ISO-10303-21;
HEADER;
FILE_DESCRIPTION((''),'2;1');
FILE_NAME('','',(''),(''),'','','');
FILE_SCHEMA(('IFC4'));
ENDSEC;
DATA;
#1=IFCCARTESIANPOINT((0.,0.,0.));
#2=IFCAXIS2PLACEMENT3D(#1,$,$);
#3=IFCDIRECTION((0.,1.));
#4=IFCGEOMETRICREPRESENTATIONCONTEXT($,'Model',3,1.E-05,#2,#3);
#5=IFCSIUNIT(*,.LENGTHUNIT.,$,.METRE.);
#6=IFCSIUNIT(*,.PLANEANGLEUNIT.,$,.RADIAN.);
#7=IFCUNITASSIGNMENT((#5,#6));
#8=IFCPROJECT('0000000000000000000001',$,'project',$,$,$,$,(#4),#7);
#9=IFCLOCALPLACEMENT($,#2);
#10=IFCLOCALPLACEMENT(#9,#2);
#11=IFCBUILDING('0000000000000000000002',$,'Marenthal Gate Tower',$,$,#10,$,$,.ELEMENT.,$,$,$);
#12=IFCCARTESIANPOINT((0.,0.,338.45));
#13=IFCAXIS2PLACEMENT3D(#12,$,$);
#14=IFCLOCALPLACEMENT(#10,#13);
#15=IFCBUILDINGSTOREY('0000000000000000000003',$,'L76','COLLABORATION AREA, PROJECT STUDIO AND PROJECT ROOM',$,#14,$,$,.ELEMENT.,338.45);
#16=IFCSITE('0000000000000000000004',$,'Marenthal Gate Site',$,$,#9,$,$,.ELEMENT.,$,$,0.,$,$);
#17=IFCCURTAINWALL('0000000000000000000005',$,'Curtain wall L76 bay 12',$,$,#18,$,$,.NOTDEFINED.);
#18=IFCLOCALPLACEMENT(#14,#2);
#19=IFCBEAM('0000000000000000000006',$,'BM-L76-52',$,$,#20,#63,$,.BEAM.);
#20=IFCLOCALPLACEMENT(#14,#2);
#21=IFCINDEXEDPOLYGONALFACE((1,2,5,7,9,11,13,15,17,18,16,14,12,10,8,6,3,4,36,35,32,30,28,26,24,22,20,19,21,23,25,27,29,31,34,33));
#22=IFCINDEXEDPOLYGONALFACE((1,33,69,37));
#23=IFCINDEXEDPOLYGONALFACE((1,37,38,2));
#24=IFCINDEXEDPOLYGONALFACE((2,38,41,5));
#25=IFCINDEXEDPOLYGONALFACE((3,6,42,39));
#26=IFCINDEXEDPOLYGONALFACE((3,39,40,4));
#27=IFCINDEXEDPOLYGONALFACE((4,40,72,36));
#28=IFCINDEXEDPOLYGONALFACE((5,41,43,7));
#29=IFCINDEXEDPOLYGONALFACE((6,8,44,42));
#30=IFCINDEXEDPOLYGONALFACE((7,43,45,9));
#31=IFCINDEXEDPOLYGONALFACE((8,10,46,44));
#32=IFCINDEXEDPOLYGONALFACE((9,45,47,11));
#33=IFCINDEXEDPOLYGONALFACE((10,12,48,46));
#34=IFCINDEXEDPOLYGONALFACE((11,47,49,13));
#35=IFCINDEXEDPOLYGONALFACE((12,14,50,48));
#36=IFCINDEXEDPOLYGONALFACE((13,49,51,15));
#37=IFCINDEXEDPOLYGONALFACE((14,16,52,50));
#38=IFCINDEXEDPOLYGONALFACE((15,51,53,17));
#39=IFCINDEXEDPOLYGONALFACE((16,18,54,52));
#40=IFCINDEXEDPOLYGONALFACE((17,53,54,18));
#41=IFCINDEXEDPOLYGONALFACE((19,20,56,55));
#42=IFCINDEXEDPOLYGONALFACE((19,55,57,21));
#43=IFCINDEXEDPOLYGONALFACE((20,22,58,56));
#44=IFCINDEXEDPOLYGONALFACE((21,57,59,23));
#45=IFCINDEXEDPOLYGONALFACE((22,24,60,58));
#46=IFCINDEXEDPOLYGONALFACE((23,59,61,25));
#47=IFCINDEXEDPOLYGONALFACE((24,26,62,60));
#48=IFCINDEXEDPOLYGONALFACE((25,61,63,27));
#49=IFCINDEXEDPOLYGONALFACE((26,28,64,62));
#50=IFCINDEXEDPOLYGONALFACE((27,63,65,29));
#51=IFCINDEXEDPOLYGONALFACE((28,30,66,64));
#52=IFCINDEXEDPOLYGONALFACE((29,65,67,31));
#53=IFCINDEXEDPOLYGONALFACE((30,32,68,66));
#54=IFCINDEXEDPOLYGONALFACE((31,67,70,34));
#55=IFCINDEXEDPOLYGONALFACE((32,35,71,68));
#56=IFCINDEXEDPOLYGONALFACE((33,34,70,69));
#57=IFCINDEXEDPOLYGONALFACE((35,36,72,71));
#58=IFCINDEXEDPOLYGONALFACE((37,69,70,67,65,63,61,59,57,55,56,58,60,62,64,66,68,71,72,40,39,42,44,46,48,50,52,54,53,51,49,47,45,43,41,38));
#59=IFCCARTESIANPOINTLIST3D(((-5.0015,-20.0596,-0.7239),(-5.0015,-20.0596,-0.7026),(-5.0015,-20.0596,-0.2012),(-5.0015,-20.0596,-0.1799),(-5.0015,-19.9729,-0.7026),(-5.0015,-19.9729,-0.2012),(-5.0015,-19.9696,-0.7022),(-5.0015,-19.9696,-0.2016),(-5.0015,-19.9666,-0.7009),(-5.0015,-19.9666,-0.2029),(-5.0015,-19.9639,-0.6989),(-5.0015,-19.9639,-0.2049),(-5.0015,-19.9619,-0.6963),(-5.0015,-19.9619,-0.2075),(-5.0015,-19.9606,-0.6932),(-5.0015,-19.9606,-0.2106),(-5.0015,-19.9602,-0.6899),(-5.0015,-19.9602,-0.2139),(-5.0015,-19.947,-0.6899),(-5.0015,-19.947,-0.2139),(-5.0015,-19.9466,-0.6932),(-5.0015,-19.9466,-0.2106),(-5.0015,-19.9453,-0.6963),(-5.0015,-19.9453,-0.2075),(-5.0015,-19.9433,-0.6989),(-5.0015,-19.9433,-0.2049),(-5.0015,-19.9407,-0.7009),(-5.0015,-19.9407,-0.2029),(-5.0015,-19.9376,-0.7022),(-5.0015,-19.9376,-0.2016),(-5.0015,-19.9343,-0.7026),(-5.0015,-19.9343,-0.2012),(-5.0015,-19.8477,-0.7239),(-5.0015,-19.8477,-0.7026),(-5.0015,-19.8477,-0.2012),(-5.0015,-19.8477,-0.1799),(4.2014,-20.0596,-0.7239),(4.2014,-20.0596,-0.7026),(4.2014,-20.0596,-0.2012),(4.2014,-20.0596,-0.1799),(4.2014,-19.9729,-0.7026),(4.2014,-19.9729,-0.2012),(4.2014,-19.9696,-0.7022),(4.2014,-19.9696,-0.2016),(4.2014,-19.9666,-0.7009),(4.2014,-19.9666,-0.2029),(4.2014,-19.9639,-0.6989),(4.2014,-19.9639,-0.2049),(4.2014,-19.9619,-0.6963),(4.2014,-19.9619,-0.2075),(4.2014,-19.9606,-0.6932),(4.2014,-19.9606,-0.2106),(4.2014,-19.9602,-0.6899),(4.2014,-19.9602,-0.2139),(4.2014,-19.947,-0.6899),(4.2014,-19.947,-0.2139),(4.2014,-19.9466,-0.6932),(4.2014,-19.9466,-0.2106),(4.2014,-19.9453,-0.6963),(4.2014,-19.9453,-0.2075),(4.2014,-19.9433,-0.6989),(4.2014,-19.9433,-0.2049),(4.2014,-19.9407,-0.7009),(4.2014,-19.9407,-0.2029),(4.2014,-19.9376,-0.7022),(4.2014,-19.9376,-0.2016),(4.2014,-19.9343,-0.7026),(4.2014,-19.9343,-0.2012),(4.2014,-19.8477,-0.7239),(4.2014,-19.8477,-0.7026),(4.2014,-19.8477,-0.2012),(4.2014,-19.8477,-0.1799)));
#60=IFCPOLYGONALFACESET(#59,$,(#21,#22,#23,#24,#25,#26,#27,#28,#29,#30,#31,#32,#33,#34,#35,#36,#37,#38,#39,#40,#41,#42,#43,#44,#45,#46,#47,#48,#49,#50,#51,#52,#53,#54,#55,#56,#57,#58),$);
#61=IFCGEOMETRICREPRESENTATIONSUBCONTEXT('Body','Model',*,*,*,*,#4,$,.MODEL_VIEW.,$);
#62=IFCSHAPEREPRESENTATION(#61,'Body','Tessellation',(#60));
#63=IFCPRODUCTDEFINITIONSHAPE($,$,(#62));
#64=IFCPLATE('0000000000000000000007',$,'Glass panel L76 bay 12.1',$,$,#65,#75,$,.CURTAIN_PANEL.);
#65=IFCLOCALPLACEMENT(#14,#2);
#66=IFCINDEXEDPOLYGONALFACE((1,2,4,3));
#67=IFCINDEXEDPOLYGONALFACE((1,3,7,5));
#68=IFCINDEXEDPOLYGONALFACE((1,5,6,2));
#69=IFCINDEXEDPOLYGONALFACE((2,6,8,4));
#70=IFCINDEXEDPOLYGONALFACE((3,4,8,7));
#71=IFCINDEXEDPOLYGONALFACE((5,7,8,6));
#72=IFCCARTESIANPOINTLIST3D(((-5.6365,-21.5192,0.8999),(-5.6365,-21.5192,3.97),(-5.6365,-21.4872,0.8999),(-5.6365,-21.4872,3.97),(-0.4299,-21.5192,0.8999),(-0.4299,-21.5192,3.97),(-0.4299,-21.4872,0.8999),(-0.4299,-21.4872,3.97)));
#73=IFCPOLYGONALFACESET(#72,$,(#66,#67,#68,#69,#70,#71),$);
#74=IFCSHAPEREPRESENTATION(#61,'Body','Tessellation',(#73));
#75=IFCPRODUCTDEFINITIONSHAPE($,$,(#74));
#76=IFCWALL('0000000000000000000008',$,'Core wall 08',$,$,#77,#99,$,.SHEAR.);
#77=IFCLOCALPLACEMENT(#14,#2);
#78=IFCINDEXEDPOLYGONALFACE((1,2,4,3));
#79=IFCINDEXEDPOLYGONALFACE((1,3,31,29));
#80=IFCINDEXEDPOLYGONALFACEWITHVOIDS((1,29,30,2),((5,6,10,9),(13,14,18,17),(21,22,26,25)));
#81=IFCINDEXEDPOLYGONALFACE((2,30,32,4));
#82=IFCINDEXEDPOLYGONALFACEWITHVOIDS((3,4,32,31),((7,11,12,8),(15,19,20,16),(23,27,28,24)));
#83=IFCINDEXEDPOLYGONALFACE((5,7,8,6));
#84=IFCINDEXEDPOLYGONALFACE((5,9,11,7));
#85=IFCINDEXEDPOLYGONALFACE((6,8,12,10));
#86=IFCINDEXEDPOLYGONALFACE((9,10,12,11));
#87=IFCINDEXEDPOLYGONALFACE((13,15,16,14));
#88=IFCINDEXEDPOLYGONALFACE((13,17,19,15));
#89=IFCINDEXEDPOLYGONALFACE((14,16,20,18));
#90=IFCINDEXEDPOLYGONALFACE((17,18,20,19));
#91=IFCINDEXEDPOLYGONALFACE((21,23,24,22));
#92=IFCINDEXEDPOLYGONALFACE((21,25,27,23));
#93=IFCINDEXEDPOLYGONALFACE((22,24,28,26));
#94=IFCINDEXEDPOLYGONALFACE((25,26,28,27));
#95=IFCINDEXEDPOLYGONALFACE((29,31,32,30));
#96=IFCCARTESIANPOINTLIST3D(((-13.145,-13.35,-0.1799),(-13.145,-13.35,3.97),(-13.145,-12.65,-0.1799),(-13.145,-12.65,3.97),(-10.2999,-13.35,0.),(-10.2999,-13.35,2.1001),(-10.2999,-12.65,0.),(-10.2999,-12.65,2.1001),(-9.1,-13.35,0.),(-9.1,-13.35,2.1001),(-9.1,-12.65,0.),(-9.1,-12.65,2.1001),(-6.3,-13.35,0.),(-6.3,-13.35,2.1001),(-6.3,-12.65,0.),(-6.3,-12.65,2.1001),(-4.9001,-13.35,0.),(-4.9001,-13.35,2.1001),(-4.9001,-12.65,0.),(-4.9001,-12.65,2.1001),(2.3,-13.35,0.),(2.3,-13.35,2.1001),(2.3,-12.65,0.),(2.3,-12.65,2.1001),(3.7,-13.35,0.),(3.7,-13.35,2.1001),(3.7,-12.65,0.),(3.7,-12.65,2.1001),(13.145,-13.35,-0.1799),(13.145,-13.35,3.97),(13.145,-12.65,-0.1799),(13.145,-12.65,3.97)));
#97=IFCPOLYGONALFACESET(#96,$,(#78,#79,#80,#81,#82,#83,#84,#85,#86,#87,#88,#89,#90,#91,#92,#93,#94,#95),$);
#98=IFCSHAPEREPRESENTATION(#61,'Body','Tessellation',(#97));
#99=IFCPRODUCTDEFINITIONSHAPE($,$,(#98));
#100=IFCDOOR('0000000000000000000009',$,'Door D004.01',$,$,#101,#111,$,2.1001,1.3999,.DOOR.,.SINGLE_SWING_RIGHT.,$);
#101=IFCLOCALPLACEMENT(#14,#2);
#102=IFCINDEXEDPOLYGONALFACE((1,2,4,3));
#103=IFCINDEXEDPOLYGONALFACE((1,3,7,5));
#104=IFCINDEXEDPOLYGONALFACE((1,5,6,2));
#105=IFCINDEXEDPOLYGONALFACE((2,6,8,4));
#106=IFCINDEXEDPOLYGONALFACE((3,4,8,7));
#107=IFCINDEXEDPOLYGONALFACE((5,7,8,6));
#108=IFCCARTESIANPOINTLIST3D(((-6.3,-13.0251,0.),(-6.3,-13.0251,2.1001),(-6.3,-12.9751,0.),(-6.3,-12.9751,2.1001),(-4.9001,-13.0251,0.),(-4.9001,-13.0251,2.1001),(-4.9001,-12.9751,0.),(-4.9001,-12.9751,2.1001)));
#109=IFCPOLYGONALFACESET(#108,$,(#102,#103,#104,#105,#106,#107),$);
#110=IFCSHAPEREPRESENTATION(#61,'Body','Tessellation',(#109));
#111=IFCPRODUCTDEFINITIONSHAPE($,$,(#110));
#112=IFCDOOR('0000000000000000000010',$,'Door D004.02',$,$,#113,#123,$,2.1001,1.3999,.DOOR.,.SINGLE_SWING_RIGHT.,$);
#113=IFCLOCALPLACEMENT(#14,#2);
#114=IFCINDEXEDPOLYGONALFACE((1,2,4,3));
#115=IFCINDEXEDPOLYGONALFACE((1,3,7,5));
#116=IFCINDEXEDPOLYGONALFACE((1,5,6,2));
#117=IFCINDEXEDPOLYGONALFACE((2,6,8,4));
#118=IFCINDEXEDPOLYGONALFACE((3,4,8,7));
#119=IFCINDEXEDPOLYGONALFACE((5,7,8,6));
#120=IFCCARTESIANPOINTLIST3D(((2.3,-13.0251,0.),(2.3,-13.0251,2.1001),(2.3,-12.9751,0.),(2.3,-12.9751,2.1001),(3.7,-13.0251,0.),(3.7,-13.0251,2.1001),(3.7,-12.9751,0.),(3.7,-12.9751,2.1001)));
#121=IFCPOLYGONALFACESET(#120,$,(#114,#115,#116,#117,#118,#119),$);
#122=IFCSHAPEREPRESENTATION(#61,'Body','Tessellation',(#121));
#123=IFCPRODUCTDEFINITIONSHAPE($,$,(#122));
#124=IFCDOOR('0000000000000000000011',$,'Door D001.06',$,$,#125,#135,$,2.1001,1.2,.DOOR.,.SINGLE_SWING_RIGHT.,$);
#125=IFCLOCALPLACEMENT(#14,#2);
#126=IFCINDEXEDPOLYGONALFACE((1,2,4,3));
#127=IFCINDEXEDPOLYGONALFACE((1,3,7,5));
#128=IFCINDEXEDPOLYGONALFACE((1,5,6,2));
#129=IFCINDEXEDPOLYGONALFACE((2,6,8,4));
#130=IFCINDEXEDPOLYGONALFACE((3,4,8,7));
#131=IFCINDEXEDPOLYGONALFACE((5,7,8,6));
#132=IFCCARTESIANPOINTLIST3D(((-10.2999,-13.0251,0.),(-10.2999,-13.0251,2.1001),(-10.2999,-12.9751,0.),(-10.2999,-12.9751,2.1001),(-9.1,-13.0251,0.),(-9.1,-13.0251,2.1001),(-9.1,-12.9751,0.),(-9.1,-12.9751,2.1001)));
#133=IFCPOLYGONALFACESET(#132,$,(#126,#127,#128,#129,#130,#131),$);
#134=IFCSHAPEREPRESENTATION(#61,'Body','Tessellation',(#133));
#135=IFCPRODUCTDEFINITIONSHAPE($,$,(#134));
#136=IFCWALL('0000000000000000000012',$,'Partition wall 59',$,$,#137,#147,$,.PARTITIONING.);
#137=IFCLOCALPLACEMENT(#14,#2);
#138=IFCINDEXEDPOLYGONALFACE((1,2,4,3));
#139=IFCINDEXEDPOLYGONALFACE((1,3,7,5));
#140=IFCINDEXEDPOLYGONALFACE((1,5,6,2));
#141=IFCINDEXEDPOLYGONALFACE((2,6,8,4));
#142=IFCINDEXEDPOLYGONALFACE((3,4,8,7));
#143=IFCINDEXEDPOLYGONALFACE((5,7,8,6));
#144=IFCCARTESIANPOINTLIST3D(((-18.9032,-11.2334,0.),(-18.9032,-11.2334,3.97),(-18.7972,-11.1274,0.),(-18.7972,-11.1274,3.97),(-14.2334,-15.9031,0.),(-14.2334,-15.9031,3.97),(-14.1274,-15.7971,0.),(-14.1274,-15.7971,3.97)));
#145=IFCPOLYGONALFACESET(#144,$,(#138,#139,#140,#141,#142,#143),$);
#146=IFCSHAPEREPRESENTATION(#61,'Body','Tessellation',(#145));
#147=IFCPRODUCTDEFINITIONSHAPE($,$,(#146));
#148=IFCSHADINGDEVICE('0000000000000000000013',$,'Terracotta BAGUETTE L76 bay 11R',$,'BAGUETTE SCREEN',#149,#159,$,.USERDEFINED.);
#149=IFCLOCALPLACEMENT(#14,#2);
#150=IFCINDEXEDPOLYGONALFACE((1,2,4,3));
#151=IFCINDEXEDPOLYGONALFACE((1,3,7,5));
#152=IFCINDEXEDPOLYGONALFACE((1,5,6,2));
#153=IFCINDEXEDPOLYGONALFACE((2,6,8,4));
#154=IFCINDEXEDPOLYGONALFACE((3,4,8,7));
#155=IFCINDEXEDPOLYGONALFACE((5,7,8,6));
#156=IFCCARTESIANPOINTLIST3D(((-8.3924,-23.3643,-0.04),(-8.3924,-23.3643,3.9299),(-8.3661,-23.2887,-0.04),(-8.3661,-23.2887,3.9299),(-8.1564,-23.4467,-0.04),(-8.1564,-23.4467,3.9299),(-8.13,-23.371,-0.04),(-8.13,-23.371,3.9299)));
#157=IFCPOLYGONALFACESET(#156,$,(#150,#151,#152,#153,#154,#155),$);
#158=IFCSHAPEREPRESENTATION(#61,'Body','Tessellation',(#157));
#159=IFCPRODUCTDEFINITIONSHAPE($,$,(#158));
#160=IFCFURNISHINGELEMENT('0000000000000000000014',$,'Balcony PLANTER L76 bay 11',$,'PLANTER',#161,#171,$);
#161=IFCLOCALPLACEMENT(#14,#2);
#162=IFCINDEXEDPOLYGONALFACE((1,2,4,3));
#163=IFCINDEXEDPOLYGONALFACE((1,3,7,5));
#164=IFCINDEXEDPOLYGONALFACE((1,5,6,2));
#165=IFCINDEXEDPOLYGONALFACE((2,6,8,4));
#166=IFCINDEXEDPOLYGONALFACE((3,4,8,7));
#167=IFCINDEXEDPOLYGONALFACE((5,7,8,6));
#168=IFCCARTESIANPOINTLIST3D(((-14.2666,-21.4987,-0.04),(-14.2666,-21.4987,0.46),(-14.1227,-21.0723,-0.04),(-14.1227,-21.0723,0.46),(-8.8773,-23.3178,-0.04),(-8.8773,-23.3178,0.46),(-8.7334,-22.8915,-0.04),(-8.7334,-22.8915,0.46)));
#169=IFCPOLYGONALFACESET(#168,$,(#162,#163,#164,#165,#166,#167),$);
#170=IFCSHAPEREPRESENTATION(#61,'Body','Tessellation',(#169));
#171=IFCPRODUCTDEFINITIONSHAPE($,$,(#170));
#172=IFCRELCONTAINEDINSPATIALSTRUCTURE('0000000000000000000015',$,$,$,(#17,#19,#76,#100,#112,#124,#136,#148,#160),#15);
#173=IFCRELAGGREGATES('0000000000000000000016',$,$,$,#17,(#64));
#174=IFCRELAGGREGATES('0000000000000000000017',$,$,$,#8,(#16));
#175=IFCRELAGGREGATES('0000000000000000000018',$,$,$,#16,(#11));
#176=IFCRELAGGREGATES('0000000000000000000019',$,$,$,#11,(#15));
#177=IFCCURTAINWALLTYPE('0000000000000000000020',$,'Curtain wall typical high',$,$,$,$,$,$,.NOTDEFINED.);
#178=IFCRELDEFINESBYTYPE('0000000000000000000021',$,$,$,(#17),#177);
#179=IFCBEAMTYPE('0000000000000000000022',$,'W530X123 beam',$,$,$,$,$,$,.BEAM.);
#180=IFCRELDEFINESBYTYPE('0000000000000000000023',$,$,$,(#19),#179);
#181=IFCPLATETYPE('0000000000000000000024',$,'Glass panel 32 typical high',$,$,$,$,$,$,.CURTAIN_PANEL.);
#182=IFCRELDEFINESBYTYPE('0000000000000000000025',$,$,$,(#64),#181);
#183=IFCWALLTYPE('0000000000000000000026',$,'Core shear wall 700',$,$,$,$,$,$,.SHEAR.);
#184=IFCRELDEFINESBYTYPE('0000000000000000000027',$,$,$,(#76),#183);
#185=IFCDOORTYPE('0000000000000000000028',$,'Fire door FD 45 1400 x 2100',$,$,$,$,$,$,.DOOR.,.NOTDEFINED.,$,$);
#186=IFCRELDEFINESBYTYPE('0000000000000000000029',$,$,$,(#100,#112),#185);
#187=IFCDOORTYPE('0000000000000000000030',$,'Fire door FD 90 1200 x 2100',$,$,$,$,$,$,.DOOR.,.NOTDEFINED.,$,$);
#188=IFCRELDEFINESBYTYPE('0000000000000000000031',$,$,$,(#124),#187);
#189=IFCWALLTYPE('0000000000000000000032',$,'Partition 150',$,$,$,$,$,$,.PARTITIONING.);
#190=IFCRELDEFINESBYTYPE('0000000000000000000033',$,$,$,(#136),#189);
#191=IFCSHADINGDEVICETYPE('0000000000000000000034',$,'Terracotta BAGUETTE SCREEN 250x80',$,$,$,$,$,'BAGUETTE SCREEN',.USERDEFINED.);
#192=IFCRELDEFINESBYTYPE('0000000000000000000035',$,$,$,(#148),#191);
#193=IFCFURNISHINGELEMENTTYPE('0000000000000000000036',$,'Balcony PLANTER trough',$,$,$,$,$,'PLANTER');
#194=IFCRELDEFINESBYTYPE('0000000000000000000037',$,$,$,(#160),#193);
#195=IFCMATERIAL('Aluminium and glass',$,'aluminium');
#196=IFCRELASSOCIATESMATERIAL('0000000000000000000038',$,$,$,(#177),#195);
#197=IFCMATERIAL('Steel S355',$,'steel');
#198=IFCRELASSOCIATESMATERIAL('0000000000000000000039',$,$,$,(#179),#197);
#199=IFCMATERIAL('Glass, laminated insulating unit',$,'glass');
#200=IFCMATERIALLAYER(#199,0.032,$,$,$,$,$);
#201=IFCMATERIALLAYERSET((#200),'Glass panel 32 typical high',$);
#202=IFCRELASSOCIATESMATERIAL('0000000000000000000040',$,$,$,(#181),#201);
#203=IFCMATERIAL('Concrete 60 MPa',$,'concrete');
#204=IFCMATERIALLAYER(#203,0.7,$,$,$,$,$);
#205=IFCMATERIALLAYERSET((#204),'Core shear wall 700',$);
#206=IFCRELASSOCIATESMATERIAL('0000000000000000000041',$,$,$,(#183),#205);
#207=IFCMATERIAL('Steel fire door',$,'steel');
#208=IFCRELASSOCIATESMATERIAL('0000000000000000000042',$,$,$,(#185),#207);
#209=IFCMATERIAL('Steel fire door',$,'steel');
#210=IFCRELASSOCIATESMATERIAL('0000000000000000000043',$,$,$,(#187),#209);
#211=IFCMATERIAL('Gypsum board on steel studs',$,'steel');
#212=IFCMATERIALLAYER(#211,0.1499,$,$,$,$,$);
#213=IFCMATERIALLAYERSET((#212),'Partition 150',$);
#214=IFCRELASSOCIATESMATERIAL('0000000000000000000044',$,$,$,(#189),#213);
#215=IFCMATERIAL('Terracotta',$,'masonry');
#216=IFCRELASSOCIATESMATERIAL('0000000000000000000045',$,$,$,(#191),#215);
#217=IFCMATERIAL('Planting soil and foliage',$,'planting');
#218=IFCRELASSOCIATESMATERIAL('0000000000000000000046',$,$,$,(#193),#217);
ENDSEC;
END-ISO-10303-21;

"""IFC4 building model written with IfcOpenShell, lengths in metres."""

from ifc_helpers import new_model, si_unit, direction, frame, frame_2d, origin, origin_2d, place, context, subcontext, project, spatial, rectangle, i_section, extrude, material, layer, layer_set, material_profile, profile_set, type_object, element, fill, aggregate, save


model = new_model("IFC4")

# Units and contexts
model_context = context("Model", 3, precision=1e-05, world=origin(), true_north=direction((0.0, 1.0)))
body_context = subcontext(model_context, "Body", "Model", "MODEL_VIEW")
ifc_project = project(units=[si_unit("LENGTHUNIT", "METRE"), si_unit("PLANEANGLEUNIT", "RADIAN")], contexts=[model_context])

# Site, building, storey
site_placement = place(None, origin())
site = spatial("IfcSite", under=ifc_project, at=site_placement, Name="Marenthal Gate Site", CompositionType="ELEMENT", RefElevation=0.0)
building_placement = place(site_placement, origin())
building = spatial("IfcBuilding", under=site, at=building_placement, Name="Marenthal Gate Tower", CompositionType="ELEMENT")
storey_placement = place(building_placement, frame((0.0, 0.0, 338.45)))
storey = spatial("IfcBuildingStorey", under=building, at=storey_placement, Name="L76", Description="COLLABORATION AREA, PROJECT STUDIO AND PROJECT ROOM", CompositionType="ELEMENT", Elevation=338.45)

# Curtain wall
ifc_material_1 = material(Name="Aluminium and glass", Category="aluminium")
curtain_wall_type = type_object("IfcCurtainWallType", Name="Curtain wall typical high", PredefinedType="NOTDEFINED", material=ifc_material_1)
curtain_wall_placement = place(storey_placement, origin())
curtain_wall = element("IfcCurtainWall", 1, at=curtain_wall_placement, inside=storey, type_object=curtain_wall_type, Name="Curtain wall L76 bay 12", PredefinedType="NOTDEFINED")

# Beam
ifc_material_2 = material(Name="Steel S355", Category="steel")
ifc_material_profile_1 = material_profile(ifc_material_2, i_section(OverallWidth=0.2119, OverallDepth=0.5439, WebThickness=0.0132, FlangeThickness=0.0212, FilletRadius=0.0127, at=origin_2d()), Name="W530X123")
ifc_profile_set_1 = profile_set([ifc_material_profile_1], Name="Steel S355")
beam_type_1 = type_object("IfcBeamType", Name="W530X123 beam", PredefinedType="BEAM", material=ifc_profile_set_1)
beam_1_placement = place(storey_placement, frame((-5.0015, -19.9536, -0.4519), z_axis=(1.0, 0.0, 0.0), x_axis=(0.0, 1.0, 0.0)))
element("IfcBeam", 2, at=beam_1_placement, inside=storey, type_object=beam_type_1, Name="BM-L76-52", PredefinedType="BEAM", context=body_context, shape_type="SweptSolid", body=[
    extrude(i_section(OverallWidth=0.2119, OverallDepth=0.5439, WebThickness=0.0132, FlangeThickness=0.0212, FilletRadius=0.0127, at=origin_2d()), origin(), (0.0, 0.0, 1.0), 9.2029),
])

# Plate
ifc_material_3 = material(Name="Glass, laminated insulating unit", Category="glass")
ifc_layer_1 = layer(ifc_material_3, 0.032)
ifc_layer_set_1 = layer_set([ifc_layer_1], Name="Glass panel 32 typical high")
plate_type = type_object("IfcPlateType", Name="Glass panel 32 typical high", PredefinedType="CURTAIN_PANEL", material=ifc_layer_set_1)
plate_placement = place(storey_placement, frame((-3.0332, -21.5032, 0.8999), z_axis=(0.0, 0.0, 1.0), x_axis=(1.0, 0.0, 0.0)))
plate = element("IfcPlate", 3, at=plate_placement, type_object=plate_type, Name="Glass panel L76 bay 12.1", PredefinedType="CURTAIN_PANEL", context=body_context, shape_type="SweptSolid", body=[
    extrude(rectangle(XDim=5.2065, YDim=0.032, at=origin_2d()), origin(), (0.0, 0.0, 1.0), 3.0701),
])
aggregate(curtain_wall, [plate])

# Wall, openings, doors
ifc_material_4 = material(Name="Concrete 60 MPa", Category="concrete")
ifc_layer_2 = layer(ifc_material_4, 0.7)
ifc_layer_set_2 = layer_set([ifc_layer_2], Name="Core shear wall 700")
wall_type_1 = type_object("IfcWallType", Name="Core shear wall 700", PredefinedType="SHEAR", material=ifc_layer_set_2)
wall_1_placement = place(storey_placement, frame((-13.145, -13.0, -0.1799), z_axis=(0.0, 0.0, 1.0), x_axis=(1.0, 0.0, 0.0)))
wall_1 = element("IfcWall", 4, at=wall_1_placement, inside=storey, type_object=wall_type_1, Name="Core wall 08", PredefinedType="SHEAR", context=body_context, shape_type="SweptSolid", body=[
    extrude(rectangle(XDim=26.29, YDim=0.7, at=frame_2d((13.145, 0.0))), origin(), (0.0, 0.0, 1.0), 4.1499),
])
opening_1_placement = place(wall_1_placement, frame((2.845, 0.0, 0.1799)))
opening_1 = element("IfcOpeningElement", 5, at=opening_1_placement, cuts=wall_1, PredefinedType="OPENING", context=body_context, shape_type="SweptSolid", body=[
    extrude(rectangle(XDim=1.2, YDim=2.1001, at=frame_2d((0.6001, 1.05))), frame((0.0, 0.3599, 0.0), z_axis=(0.0, -1.0, 0.0), x_axis=(1.0, 0.0, 0.0)), (0.0, 0.0, 1.0), 0.72),
])
opening_2_placement = place(wall_1_placement, frame((6.845, 0.0, 0.1799)))
opening_2 = element("IfcOpeningElement", 6, at=opening_2_placement, cuts=wall_1, PredefinedType="OPENING", context=body_context, shape_type="SweptSolid", body=[
    extrude(rectangle(XDim=1.3999, YDim=2.1001, at=frame_2d((0.7, 1.05))), frame((0.0, 0.3599, 0.0), z_axis=(0.0, -1.0, 0.0), x_axis=(1.0, 0.0, 0.0)), (0.0, 0.0, 1.0), 0.72),
])
opening_3_placement = place(wall_1_placement, frame((15.4451, 0.0, 0.1799)))
opening_3 = element("IfcOpeningElement", 7, at=opening_3_placement, cuts=wall_1, PredefinedType="OPENING", context=body_context, shape_type="SweptSolid", body=[
    extrude(rectangle(XDim=1.3999, YDim=2.1001, at=frame_2d((0.7, 1.05))), frame((0.0, 0.3599, 0.0), z_axis=(0.0, -1.0, 0.0), x_axis=(1.0, 0.0, 0.0)), (0.0, 0.0, 1.0), 0.72),
])
ifc_material_5 = material(Name="Steel fire door", Category="steel")
door_type_1 = type_object("IfcDoorType", Name="Fire door FD 45 1400 x 2100", OperationType="NOTDEFINED", PredefinedType="DOOR", material=ifc_material_5)
door_1_placement = place(opening_2_placement, origin())
door_1 = element("IfcDoor", 8, at=door_1_placement, inside=storey, type_object=door_type_1, Name="Door D004.01", OperationType="SINGLE_SWING_RIGHT", OverallHeight=2.1001, OverallWidth=1.3999, PredefinedType="DOOR", context=body_context, shape_type="SweptSolid", body=[
    extrude(rectangle(XDim=1.3999, YDim=2.1001, at=frame_2d((0.7, 1.05))), frame((0.0, 0.0249, 0.0), z_axis=(0.0, -1.0, 0.0), x_axis=(1.0, 0.0, 0.0)), (0.0, 0.0, 1.0), 0.05),
])
fill(opening_2, door_1)
door_2_placement = place(opening_3_placement, origin())
door_2 = element("IfcDoor", 9, at=door_2_placement, inside=storey, type_object=door_type_1, Name="Door D004.02", OperationType="SINGLE_SWING_RIGHT", OverallHeight=2.1001, OverallWidth=1.3999, PredefinedType="DOOR", context=body_context, shape_type="SweptSolid", body=[
    extrude(rectangle(XDim=1.3999, YDim=2.1001, at=frame_2d((0.7, 1.05))), frame((0.0, 0.0249, 0.0), z_axis=(0.0, -1.0, 0.0), x_axis=(1.0, 0.0, 0.0)), (0.0, 0.0, 1.0), 0.05),
])
fill(opening_3, door_2)
ifc_material_6 = material(Name="Steel fire door", Category="steel")
door_type_2 = type_object("IfcDoorType", Name="Fire door FD 90 1200 x 2100", OperationType="NOTDEFINED", PredefinedType="DOOR", material=ifc_material_6)
door_3_placement = place(opening_1_placement, origin())
door_3 = element("IfcDoor", 10, at=door_3_placement, inside=storey, type_object=door_type_2, Name="Door D001.06", OperationType="SINGLE_SWING_RIGHT", OverallHeight=2.1001, OverallWidth=1.2, PredefinedType="DOOR", context=body_context, shape_type="SweptSolid", body=[
    extrude(rectangle(XDim=1.2, YDim=2.1001, at=frame_2d((0.6001, 1.05))), frame((0.0, 0.0249, 0.0), z_axis=(0.0, -1.0, 0.0), x_axis=(1.0, 0.0, 0.0)), (0.0, 0.0, 1.0), 0.05),
])
fill(opening_1, door_3)

# Wall
ifc_material_7 = material(Name="Gypsum board on steel studs", Category="steel")
ifc_layer_3 = layer(ifc_material_7, 0.1499)
ifc_layer_set_3 = layer_set([ifc_layer_3], Name="Partition 150")
wall_type_2 = type_object("IfcWallType", Name="Partition 150", PredefinedType="PARTITIONING", material=ifc_layer_set_3)
wall_2_placement = place(storey_placement, frame((-14.1804, -15.8501, 0.0), z_axis=(0.0, 0.0, 1.0), x_axis=(-0.707107, 0.707107, 0.0)))
element("IfcWall", 11, at=wall_2_placement, inside=storey, type_object=wall_type_2, Name="Partition wall 59", PredefinedType="PARTITIONING", context=body_context, shape_type="SweptSolid", body=[
    extrude(rectangle(XDim=6.604, YDim=0.1499, at=frame_2d((3.302, 0.0))), origin(), (0.0, 0.0, 1.0), 3.97),
])

# Shading device
ifc_material_8 = material(Name="Terracotta", Category="masonry")
ifc_material_profile_2 = material_profile(ifc_material_8, rectangle(XDim=0.25, YDim=0.0801, at=origin_2d()), Name="Terracotta baguette 250x80")
ifc_profile_set_2 = profile_set([ifc_material_profile_2], Name="Terracotta")
shading_device_type = type_object("IfcShadingDeviceType", Name="Terracotta BAGUETTE SCREEN 250x80", ElementType="BAGUETTE SCREEN", PredefinedType="USERDEFINED", material=ifc_profile_set_2)
shading_device_placement = place(storey_placement, frame((-8.2612, -23.3677, -0.04), z_axis=(0.0, 0.0, 1.0), x_axis=(0.944186, -0.329413, 0.0)))
element("IfcShadingDevice", 12, at=shading_device_placement, inside=storey, type_object=shading_device_type, Name="Terracotta BAGUETTE L76 bay 11R", ObjectType="BAGUETTE SCREEN", PredefinedType="USERDEFINED", context=body_context, shape_type="SweptSolid", body=[
    extrude(rectangle(XDim=0.25, YDim=0.0801, at=origin_2d()), origin(), (0.0, 0.0, 1.0), 3.97),
])

# Furnishing element
ifc_material_9 = material(Name="Planting soil and foliage", Category="planting")
furnishing_element_type = type_object("IfcFurnishingElementType", Name="Balcony PLANTER trough", ElementType="PLANTER", material=ifc_material_9)
furnishing_placement = place(storey_placement, frame((-11.5, -22.1951, -0.04), z_axis=(0.0, 0.0, 1.0), x_axis=(0.947479, -0.319818, 0.0)))
element("IfcFurnishingElement", 13, at=furnishing_placement, inside=storey, type_object=furnishing_element_type, Name="Balcony PLANTER L76 bay 11", ObjectType="PLANTER", context=body_context, shape_type="SweptSolid", body=[
    extrude(rectangle(XDim=5.688, YDim=0.45, at=origin_2d()), origin(), (0.0, 0.0, 1.0), 0.5),
])

save(model, "model.ifc")
